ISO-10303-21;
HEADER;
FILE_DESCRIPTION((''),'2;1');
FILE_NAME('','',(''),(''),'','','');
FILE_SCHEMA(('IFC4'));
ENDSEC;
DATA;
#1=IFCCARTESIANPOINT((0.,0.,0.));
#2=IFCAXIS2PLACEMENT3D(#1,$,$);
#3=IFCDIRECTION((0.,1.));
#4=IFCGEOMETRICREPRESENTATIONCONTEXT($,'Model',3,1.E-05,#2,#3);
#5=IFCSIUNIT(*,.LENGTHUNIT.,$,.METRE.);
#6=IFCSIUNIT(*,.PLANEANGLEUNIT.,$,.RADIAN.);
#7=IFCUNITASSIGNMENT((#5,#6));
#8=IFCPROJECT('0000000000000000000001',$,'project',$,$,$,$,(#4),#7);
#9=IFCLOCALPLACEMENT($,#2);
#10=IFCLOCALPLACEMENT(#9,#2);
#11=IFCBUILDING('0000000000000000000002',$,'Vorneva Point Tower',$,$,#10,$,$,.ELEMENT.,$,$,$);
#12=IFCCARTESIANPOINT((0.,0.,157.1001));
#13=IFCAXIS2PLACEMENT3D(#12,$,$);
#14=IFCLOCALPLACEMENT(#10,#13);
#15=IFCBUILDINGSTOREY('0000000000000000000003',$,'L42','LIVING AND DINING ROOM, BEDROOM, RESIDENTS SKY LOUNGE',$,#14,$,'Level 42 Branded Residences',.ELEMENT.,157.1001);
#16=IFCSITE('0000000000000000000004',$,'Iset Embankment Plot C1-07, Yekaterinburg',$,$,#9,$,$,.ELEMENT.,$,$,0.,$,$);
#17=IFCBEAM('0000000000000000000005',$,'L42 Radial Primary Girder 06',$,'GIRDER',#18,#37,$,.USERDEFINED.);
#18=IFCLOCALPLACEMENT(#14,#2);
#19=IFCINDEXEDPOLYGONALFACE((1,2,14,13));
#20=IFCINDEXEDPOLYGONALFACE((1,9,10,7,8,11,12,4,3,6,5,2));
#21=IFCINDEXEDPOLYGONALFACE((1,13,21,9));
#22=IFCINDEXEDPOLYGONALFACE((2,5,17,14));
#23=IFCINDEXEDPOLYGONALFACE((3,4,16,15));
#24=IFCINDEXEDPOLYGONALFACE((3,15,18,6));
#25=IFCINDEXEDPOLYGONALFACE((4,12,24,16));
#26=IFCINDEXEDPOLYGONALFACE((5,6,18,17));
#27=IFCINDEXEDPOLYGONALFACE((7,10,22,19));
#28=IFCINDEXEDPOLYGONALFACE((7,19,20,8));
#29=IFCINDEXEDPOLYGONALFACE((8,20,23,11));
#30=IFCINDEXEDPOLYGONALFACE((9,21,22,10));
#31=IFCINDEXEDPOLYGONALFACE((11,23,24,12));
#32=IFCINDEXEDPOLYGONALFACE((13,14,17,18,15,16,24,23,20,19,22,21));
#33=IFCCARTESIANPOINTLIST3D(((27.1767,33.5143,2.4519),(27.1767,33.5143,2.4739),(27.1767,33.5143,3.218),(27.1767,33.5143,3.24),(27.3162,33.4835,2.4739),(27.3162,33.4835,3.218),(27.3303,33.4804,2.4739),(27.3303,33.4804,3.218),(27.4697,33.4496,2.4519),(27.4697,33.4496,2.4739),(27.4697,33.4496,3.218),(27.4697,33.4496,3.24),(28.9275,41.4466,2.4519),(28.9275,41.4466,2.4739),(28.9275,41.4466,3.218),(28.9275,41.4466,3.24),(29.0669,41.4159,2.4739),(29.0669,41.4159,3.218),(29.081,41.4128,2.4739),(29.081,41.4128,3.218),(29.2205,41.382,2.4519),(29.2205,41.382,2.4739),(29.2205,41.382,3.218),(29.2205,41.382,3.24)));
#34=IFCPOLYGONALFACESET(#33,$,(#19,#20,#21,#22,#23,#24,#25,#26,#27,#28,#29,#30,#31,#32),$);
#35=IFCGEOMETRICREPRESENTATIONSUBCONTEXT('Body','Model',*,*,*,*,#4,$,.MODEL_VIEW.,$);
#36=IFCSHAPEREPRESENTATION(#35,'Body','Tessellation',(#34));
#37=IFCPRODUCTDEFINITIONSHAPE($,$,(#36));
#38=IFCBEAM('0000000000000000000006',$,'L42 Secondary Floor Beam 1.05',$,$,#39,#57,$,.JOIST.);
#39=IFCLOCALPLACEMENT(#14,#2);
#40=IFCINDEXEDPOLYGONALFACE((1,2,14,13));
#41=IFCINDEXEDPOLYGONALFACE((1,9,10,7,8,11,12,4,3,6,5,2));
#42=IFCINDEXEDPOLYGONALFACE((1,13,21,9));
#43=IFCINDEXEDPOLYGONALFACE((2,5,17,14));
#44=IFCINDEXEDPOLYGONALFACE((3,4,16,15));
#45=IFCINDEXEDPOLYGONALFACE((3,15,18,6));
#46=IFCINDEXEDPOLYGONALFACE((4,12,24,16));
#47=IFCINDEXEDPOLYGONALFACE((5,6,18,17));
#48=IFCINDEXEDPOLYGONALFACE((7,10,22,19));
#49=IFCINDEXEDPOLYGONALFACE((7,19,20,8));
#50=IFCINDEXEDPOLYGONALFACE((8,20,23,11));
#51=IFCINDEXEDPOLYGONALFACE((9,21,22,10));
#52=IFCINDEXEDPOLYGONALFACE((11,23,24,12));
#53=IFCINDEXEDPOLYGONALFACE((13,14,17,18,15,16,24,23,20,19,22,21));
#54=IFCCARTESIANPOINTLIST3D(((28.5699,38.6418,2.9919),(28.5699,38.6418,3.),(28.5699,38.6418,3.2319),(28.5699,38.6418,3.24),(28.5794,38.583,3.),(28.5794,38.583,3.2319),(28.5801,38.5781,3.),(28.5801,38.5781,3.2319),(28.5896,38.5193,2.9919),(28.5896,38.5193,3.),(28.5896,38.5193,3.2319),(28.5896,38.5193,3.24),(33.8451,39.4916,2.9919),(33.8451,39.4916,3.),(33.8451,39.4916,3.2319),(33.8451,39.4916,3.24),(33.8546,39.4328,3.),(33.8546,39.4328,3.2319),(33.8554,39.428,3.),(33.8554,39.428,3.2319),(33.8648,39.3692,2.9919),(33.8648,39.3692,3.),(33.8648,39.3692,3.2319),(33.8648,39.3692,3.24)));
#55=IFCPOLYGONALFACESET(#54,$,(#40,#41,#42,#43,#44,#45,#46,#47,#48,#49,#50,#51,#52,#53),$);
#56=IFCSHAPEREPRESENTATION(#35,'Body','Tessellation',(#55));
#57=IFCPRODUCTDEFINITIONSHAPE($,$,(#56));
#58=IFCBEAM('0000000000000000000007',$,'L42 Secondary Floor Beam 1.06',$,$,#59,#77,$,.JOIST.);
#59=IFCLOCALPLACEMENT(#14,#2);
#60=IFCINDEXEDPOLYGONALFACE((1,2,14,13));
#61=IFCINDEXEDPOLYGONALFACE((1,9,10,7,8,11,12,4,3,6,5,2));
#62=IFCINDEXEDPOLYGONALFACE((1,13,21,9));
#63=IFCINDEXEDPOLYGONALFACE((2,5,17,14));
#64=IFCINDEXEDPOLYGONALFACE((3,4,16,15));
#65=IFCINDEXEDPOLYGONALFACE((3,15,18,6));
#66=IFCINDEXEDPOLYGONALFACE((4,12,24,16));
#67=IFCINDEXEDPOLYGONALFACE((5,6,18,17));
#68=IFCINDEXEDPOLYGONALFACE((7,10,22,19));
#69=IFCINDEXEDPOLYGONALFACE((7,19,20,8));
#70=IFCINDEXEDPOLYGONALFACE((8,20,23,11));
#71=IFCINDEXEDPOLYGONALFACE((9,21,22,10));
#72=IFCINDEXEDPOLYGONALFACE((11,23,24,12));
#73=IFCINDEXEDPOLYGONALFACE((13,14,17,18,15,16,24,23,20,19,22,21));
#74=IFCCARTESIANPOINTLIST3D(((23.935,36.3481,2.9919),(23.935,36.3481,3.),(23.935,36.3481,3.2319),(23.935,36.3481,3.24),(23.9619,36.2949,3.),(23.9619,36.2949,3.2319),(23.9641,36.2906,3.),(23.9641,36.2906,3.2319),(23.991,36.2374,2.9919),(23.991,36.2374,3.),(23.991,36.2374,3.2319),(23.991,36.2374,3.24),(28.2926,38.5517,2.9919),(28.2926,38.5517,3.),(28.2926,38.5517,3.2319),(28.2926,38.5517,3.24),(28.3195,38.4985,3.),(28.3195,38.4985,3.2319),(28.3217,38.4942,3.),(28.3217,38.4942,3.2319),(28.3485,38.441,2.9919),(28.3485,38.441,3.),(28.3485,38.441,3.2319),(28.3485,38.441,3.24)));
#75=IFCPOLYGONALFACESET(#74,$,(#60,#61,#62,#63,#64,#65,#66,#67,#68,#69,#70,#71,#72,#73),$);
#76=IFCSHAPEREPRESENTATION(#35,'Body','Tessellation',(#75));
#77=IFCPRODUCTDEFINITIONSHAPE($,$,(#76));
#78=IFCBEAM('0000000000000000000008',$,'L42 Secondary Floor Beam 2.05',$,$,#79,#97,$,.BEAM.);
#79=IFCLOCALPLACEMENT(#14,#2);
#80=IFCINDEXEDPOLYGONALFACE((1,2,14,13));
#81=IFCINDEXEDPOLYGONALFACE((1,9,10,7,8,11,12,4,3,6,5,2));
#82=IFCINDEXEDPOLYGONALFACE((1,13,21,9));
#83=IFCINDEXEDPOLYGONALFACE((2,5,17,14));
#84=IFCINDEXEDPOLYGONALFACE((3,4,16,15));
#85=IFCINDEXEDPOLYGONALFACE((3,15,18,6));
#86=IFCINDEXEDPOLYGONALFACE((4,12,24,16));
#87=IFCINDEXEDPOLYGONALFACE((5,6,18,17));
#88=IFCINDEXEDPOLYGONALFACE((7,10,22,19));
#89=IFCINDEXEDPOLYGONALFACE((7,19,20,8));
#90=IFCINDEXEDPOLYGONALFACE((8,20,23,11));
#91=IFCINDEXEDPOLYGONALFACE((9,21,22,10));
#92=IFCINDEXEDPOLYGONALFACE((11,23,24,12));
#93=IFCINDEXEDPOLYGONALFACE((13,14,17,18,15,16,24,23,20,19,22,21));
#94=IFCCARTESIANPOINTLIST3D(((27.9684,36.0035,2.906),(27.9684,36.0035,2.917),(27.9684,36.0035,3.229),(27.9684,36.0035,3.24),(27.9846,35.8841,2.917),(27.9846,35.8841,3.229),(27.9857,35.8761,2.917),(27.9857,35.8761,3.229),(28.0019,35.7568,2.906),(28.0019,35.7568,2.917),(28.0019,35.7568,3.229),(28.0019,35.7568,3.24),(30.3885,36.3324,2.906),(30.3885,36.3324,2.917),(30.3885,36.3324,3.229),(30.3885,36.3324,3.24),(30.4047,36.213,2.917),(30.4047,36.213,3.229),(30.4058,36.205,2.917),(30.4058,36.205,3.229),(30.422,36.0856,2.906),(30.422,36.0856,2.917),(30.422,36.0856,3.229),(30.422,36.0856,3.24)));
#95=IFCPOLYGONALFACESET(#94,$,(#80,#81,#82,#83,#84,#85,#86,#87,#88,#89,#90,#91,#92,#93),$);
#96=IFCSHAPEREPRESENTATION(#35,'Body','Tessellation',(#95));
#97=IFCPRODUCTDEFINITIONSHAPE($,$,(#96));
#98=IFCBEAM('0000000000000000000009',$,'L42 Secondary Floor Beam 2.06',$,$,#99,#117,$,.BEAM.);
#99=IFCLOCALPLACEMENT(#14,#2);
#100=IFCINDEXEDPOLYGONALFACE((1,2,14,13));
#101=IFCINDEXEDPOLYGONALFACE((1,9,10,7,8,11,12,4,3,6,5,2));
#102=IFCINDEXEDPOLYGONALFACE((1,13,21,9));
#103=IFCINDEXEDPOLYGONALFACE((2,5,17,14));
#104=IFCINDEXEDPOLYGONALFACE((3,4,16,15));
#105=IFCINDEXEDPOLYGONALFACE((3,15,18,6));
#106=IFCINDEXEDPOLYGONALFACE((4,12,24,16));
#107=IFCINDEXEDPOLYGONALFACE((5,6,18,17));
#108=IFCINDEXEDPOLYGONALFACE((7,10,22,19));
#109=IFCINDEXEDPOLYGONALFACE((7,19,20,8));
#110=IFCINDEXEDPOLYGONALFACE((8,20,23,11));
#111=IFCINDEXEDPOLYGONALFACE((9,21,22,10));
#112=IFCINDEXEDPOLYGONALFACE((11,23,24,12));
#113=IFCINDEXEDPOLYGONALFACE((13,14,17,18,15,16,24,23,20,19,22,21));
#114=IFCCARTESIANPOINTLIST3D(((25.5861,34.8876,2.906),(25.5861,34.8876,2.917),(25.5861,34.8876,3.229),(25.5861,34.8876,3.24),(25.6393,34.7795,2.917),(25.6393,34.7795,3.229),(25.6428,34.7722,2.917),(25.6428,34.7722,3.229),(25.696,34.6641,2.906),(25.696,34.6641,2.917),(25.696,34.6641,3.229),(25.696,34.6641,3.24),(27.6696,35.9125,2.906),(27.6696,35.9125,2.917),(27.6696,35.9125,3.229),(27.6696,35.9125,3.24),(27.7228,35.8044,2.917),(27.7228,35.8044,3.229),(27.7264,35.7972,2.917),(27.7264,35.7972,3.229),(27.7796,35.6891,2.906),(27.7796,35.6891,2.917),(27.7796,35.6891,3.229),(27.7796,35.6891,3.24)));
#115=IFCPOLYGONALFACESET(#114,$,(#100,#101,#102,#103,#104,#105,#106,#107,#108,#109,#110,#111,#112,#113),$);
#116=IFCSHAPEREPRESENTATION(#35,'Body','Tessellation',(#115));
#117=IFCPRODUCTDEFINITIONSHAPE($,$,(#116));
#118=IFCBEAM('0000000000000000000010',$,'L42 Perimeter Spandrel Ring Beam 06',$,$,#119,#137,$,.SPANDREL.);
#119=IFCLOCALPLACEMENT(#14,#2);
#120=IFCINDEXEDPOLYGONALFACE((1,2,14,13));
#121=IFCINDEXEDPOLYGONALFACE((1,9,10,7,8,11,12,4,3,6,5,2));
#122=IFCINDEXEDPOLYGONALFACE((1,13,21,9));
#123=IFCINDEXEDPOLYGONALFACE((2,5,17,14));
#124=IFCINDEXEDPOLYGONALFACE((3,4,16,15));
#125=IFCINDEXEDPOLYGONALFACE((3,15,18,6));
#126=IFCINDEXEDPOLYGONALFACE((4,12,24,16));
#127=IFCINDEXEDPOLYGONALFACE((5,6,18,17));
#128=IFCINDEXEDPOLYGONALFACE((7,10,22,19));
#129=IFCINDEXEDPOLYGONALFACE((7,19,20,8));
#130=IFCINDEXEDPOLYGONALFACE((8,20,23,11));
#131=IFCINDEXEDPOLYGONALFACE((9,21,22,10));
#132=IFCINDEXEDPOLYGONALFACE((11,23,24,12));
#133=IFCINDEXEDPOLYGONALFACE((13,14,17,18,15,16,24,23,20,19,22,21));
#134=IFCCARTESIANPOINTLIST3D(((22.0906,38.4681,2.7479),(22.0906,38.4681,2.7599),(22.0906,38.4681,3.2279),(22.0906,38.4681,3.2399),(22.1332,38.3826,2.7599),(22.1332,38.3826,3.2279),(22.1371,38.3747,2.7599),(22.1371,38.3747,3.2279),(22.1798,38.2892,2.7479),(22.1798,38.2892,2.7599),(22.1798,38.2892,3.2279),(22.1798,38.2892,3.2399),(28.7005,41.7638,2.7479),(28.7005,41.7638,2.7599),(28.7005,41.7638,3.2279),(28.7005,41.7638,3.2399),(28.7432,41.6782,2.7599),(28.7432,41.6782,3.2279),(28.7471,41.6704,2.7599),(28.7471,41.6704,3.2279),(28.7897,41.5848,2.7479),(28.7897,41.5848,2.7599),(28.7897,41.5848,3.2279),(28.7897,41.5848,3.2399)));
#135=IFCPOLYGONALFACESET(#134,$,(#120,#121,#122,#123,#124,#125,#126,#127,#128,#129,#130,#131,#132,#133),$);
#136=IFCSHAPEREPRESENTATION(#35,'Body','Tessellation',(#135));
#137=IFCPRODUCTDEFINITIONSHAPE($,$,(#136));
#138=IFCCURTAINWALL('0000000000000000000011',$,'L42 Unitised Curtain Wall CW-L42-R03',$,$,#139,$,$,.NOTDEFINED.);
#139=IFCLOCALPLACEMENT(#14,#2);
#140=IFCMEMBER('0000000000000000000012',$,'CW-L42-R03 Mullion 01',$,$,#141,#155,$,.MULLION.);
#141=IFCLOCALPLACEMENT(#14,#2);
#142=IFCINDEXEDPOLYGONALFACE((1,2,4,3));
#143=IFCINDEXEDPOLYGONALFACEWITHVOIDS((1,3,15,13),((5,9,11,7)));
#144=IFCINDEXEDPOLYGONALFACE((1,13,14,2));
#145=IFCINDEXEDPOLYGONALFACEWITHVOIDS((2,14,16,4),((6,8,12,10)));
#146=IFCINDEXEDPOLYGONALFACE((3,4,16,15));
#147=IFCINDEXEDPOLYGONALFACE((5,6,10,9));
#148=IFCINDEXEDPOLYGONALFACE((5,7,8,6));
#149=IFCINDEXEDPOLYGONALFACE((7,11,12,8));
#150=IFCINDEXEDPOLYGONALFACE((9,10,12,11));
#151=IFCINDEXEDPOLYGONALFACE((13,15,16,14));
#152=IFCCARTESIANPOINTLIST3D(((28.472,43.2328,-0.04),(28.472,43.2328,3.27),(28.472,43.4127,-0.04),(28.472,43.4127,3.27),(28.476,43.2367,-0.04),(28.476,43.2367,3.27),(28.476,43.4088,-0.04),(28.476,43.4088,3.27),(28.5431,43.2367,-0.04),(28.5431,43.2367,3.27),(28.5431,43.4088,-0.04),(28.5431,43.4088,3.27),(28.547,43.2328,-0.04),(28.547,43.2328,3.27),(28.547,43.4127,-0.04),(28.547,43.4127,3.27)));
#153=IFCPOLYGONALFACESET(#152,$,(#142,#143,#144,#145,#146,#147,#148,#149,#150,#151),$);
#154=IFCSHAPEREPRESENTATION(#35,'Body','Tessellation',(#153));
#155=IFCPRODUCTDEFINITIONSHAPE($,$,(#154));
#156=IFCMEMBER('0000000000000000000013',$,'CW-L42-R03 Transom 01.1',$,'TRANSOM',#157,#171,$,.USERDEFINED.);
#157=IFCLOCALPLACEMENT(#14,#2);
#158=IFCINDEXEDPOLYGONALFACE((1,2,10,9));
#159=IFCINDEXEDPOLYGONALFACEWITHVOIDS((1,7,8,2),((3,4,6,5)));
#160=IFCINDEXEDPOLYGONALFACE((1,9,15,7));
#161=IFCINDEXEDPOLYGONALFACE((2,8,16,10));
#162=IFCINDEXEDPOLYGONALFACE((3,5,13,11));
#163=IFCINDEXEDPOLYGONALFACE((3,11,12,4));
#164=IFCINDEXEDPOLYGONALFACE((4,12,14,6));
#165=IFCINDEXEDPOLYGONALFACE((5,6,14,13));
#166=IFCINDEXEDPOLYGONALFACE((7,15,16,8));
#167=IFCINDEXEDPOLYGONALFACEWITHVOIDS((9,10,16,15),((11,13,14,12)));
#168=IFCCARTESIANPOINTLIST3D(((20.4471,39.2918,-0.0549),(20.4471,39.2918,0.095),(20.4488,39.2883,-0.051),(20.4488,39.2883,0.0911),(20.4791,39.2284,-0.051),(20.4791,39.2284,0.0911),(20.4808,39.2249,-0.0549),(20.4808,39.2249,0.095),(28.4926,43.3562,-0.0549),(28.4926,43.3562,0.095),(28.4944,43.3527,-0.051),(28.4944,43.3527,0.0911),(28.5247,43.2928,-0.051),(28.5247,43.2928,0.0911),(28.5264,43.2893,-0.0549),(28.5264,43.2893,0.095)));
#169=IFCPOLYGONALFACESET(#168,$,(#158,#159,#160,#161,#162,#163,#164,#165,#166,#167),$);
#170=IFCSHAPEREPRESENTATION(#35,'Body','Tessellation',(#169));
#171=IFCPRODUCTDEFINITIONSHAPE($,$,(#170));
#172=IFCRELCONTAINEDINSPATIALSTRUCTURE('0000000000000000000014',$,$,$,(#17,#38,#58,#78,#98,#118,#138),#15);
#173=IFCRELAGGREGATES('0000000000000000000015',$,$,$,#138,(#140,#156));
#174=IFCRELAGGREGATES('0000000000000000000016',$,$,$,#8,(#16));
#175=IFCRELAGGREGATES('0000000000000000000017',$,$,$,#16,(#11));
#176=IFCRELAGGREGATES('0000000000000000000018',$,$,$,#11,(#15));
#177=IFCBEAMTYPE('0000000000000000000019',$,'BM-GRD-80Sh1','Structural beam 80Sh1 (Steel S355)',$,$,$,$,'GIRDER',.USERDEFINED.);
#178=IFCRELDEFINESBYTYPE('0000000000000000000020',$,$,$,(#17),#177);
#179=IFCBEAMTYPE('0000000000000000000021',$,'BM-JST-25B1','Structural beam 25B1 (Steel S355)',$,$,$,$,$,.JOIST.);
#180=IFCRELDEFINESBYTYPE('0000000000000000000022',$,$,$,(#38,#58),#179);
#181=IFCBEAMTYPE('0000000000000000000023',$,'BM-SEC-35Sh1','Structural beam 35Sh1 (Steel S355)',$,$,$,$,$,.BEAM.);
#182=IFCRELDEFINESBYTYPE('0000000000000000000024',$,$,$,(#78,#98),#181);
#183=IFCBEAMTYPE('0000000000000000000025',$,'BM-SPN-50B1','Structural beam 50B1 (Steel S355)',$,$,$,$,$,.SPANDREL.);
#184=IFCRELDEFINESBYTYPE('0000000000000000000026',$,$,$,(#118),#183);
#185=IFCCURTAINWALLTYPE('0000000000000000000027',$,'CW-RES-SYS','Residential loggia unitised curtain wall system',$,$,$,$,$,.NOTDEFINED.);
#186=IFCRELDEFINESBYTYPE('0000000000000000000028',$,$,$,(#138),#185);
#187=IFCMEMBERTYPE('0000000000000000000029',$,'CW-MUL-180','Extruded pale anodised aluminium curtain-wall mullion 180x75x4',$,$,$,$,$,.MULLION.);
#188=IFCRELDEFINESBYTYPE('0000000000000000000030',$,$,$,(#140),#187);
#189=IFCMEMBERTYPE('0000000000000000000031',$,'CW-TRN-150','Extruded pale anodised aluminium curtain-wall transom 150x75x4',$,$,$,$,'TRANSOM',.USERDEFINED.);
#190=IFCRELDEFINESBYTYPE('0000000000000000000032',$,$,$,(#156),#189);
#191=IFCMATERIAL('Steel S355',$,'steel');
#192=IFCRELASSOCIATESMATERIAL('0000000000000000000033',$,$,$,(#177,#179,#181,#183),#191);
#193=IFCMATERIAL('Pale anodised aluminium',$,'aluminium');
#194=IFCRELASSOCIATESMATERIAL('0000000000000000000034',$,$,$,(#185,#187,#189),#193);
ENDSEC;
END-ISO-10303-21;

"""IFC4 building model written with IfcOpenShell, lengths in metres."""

from ifc_helpers import new_model, si_unit, direction, frame, origin, origin_2d, place, context, subcontext, project, spatial, hollow_rectangle, i_section, extrude, material, material_profile, profile_set, type_object, element, aggregate, save


model = new_model("IFC4")

# Units and contexts
model_context = context("Model", 3, precision=1e-05, world=origin(), true_north=direction((0.0, 1.0)))
body_context = subcontext(model_context, "Body", "Model", "MODEL_VIEW")
ifc_project = project(units=[si_unit("LENGTHUNIT", "METRE"), si_unit("PLANEANGLEUNIT", "RADIAN")], contexts=[model_context])

# Site, building, storey
site_placement = place(None, origin())
site = spatial("IfcSite", under=ifc_project, at=site_placement, Name="Iset Embankment Plot C1-07, Yekaterinburg", CompositionType="ELEMENT", RefElevation=0.0)
building_placement = place(site_placement, origin())
building = spatial("IfcBuilding", under=site, at=building_placement, Name="Vorneva Point Tower", CompositionType="ELEMENT")
storey_placement = place(building_placement, frame((0.0, 0.0, 157.1001)))
storey = spatial("IfcBuildingStorey", under=building, at=storey_placement, Name="L42", Description="LIVING AND DINING ROOM, BEDROOM, RESIDENTS SKY LOUNGE", LongName="Level 42 Branded Residences", CompositionType="ELEMENT", Elevation=157.1001)

# Beams
ifc_material_1 = material(Name="Steel S355", Category="steel")
ifc_material_profile_1 = material_profile(ifc_material_1, i_section(OverallWidth=0.3, OverallDepth=0.7881, WebThickness=0.0144, FlangeThickness=0.022, at=origin_2d()), Name="80Sh1")
ifc_profile_set_1 = profile_set([ifc_material_profile_1], Name="Steel S355")
beam_type_1 = type_object("IfcBeamType", Name="BM-GRD-80Sh1", Description="Structural beam 80Sh1 (Steel S355)", ElementType="GIRDER", PredefinedType="USERDEFINED", material=ifc_profile_set_1)
beam_1_placement = place(storey_placement, frame((29.074, 41.4143, 2.8459), z_axis=(-0.215521, -0.976499, 0.0), x_axis=(0.976499, -0.215521, 0.0)))
element("IfcBeam", 1, at=beam_1_placement, inside=storey, type_object=beam_type_1, Name="L42 Radial Primary Girder 06", ObjectType="GIRDER", PredefinedType="USERDEFINED", context=body_context, shape_type="SweptSolid", body=[
    extrude(i_section(OverallWidth=0.3, OverallDepth=0.7881, WebThickness=0.0144, FlangeThickness=0.022, at=origin_2d()), origin(), (0.0, 0.0, 1.0), 8.1233),
])
ifc_material_profile_2 = material_profile(ifc_material_1, i_section(OverallWidth=0.124, OverallDepth=0.248, WebThickness=0.0049, FlangeThickness=0.0081, at=origin_2d()), Name="25B1")
ifc_profile_set_2 = profile_set([ifc_material_profile_2], Name="Steel S355")
beam_type_2 = type_object("IfcBeamType", Name="BM-JST-25B1", Description="Structural beam 25B1 (Steel S355)", PredefinedType="JOIST", material=ifc_profile_set_2)
beam_2_placement = place(storey_placement, frame((33.855, 39.4304, 3.116), z_axis=(-0.98727, -0.159054, 0.0), x_axis=(0.159054, -0.98727, 0.0)))
element("IfcBeam", 2, at=beam_2_placement, inside=storey, type_object=beam_type_2, Name="L42 Secondary Floor Beam 1.05", PredefinedType="JOIST", context=body_context, shape_type="SweptSolid", body=[
    extrude(i_section(OverallWidth=0.124, OverallDepth=0.248, WebThickness=0.0049, FlangeThickness=0.0081, at=origin_2d()), origin(), (0.0, 0.0, 1.0), 5.3433),
])
beam_3_placement = place(storey_placement, frame((28.3206, 38.4963, 3.116), z_axis=(-0.892388, -0.451269, 0.0), x_axis=(0.451269, -0.892388, 0.0)))
element("IfcBeam", 3, at=beam_3_placement, inside=storey, type_object=beam_type_2, Name="L42 Secondary Floor Beam 1.06", PredefinedType="JOIST", context=body_context, shape_type="SweptSolid", body=[
    extrude(i_section(OverallWidth=0.124, OverallDepth=0.248, WebThickness=0.0049, FlangeThickness=0.0081, at=origin_2d()), origin(), (0.0, 0.0, 1.0), 4.8831),
])
ifc_material_profile_3 = material_profile(ifc_material_1, i_section(OverallWidth=0.249, OverallDepth=0.334, WebThickness=0.0081, FlangeThickness=0.011, at=origin_2d()), Name="35Sh1")
ifc_profile_set_3 = profile_set([ifc_material_profile_3], Name="Steel S355")
beam_type_3 = type_object("IfcBeamType", Name="BM-SEC-35Sh1", Description="Structural beam 35Sh1 (Steel S355)", PredefinedType="BEAM", material=ifc_profile_set_3)
beam_4_placement = place(storey_placement, frame((30.4053, 36.209, 3.073), z_axis=(-0.990894, -0.134645, 0.0), x_axis=(0.134645, -0.990894, 0.0)))
element("IfcBeam", 4, at=beam_4_placement, inside=storey, type_object=beam_type_3, Name="L42 Secondary Floor Beam 2.05", PredefinedType="BEAM", context=body_context, shape_type="SweptSolid", body=[
    extrude(i_section(OverallWidth=0.249, OverallDepth=0.334, WebThickness=0.0081, FlangeThickness=0.011, at=origin_2d()), origin(), (0.0, 0.0, 1.0), 2.4424),
])
beam_5_placement = place(storey_placement, frame((27.7246, 35.8008, 3.073), z_axis=(-0.89731, -0.4414, 0.0), x_axis=(0.4414, -0.89731, 0.0)))
element("IfcBeam", 5, at=beam_5_placement, inside=storey, type_object=beam_type_3, Name="L42 Secondary Floor Beam 2.06", PredefinedType="BEAM", context=body_context, shape_type="SweptSolid", body=[
    extrude(i_section(OverallWidth=0.249, OverallDepth=0.334, WebThickness=0.0081, FlangeThickness=0.011, at=origin_2d()), origin(), (0.0, 0.0, 1.0), 2.322),
])
ifc_material_profile_4 = material_profile(ifc_material_1, i_section(OverallWidth=0.2, OverallDepth=0.4919, WebThickness=0.0088, FlangeThickness=0.012, at=origin_2d()), Name="50B1")
ifc_profile_set_4 = profile_set([ifc_material_profile_4], Name="Steel S355")
beam_type_4 = type_object("IfcBeamType", Name="BM-SPN-50B1", Description="Structural beam 50B1 (Steel S355)", PredefinedType="SPANDREL", material=ifc_profile_set_4)
beam_6_placement = place(storey_placement, frame((28.7451, 41.6743, 2.9939), z_axis=(-0.894929, -0.446208, 0.0), x_axis=(0.446208, -0.894929, 0.0)))
element("IfcBeam", 6, at=beam_6_placement, inside=storey, type_object=beam_type_4, Name="L42 Perimeter Spandrel Ring Beam 06", PredefinedType="SPANDREL", context=body_context, shape_type="SweptSolid", body=[
    extrude(i_section(OverallWidth=0.2, OverallDepth=0.4919, WebThickness=0.0088, FlangeThickness=0.012, at=origin_2d()), origin(), (0.0, 0.0, 1.0), 7.386),
])

# Curtain wall, members
ifc_material_2 = material(Name="Pale anodised aluminium", Category="aluminium")
curtain_wall_type = type_object("IfcCurtainWallType", Name="CW-RES-SYS", Description="Residential loggia unitised curtain wall system", PredefinedType="NOTDEFINED", material=ifc_material_2)
curtain_wall_placement = place(storey_placement, origin())
curtain_wall = element("IfcCurtainWall", 7, at=curtain_wall_placement, inside=storey, type_object=curtain_wall_type, Name="L42 Unitised Curtain Wall CW-L42-R03", PredefinedType="NOTDEFINED")
ifc_material_profile_5 = material_profile(ifc_material_2, hollow_rectangle(XDim=0.075, YDim=0.1799, WallThickness=0.0039, at=origin_2d()), Name="AL-MUL 180x75x4")
ifc_profile_set_5 = profile_set([ifc_material_profile_5], Name="Pale anodised aluminium")
member_type_1 = type_object("IfcMemberType", Name="CW-MUL-180", Description="Extruded pale anodised aluminium curtain-wall mullion 180x75x4", PredefinedType="MULLION", material=ifc_profile_set_5)
member_1_placement = place(storey_placement, frame((28.5095, 43.3228, -0.04), z_axis=(0.0, 0.0, 1.0), x_axis=(1.0, 0.0, 0.0)))
member_1 = element("IfcMember", 8, at=member_1_placement, type_object=member_type_1, Name="CW-L42-R03 Mullion 01", PredefinedType="MULLION", context=body_context, shape_type="SweptSolid", body=[
    extrude(hollow_rectangle(XDim=0.075, YDim=0.1799, WallThickness=0.0039, at=origin_2d()), origin(), (0.0, 0.0, 1.0), 3.3101),
])
ifc_material_profile_6 = material_profile(ifc_material_2, hollow_rectangle(XDim=0.075, YDim=0.1499, WallThickness=0.0039, at=origin_2d()), Name="AL-TRN 150x75x4")
ifc_profile_set_6 = profile_set([ifc_material_profile_6], Name="Pale anodised aluminium")
member_type_2 = type_object("IfcMemberType", Name="CW-TRN-150", Description="Extruded pale anodised aluminium curtain-wall transom 150x75x4", ElementType="TRANSOM", PredefinedType="USERDEFINED", material=ifc_profile_set_6)
member_2_placement = place(storey_placement, frame((28.5095, 43.3228, 0.02), z_axis=(-0.892572, -0.450904, 0.0), x_axis=(0.450904, -0.892572, 0.0)))
member_2 = element("IfcMember", 9, at=member_2_placement, type_object=member_type_2, Name="CW-L42-R03 Transom 01.1", ObjectType="TRANSOM", PredefinedType="USERDEFINED", context=body_context, shape_type="SweptSolid", body=[
    extrude(hollow_rectangle(XDim=0.075, YDim=0.1499, WallThickness=0.0039, at=origin_2d()), origin(), (0.0, 0.0, 1.0), 9.0139),
])
aggregate(curtain_wall, [member_1, member_2])

save(model, "model.ifc")
